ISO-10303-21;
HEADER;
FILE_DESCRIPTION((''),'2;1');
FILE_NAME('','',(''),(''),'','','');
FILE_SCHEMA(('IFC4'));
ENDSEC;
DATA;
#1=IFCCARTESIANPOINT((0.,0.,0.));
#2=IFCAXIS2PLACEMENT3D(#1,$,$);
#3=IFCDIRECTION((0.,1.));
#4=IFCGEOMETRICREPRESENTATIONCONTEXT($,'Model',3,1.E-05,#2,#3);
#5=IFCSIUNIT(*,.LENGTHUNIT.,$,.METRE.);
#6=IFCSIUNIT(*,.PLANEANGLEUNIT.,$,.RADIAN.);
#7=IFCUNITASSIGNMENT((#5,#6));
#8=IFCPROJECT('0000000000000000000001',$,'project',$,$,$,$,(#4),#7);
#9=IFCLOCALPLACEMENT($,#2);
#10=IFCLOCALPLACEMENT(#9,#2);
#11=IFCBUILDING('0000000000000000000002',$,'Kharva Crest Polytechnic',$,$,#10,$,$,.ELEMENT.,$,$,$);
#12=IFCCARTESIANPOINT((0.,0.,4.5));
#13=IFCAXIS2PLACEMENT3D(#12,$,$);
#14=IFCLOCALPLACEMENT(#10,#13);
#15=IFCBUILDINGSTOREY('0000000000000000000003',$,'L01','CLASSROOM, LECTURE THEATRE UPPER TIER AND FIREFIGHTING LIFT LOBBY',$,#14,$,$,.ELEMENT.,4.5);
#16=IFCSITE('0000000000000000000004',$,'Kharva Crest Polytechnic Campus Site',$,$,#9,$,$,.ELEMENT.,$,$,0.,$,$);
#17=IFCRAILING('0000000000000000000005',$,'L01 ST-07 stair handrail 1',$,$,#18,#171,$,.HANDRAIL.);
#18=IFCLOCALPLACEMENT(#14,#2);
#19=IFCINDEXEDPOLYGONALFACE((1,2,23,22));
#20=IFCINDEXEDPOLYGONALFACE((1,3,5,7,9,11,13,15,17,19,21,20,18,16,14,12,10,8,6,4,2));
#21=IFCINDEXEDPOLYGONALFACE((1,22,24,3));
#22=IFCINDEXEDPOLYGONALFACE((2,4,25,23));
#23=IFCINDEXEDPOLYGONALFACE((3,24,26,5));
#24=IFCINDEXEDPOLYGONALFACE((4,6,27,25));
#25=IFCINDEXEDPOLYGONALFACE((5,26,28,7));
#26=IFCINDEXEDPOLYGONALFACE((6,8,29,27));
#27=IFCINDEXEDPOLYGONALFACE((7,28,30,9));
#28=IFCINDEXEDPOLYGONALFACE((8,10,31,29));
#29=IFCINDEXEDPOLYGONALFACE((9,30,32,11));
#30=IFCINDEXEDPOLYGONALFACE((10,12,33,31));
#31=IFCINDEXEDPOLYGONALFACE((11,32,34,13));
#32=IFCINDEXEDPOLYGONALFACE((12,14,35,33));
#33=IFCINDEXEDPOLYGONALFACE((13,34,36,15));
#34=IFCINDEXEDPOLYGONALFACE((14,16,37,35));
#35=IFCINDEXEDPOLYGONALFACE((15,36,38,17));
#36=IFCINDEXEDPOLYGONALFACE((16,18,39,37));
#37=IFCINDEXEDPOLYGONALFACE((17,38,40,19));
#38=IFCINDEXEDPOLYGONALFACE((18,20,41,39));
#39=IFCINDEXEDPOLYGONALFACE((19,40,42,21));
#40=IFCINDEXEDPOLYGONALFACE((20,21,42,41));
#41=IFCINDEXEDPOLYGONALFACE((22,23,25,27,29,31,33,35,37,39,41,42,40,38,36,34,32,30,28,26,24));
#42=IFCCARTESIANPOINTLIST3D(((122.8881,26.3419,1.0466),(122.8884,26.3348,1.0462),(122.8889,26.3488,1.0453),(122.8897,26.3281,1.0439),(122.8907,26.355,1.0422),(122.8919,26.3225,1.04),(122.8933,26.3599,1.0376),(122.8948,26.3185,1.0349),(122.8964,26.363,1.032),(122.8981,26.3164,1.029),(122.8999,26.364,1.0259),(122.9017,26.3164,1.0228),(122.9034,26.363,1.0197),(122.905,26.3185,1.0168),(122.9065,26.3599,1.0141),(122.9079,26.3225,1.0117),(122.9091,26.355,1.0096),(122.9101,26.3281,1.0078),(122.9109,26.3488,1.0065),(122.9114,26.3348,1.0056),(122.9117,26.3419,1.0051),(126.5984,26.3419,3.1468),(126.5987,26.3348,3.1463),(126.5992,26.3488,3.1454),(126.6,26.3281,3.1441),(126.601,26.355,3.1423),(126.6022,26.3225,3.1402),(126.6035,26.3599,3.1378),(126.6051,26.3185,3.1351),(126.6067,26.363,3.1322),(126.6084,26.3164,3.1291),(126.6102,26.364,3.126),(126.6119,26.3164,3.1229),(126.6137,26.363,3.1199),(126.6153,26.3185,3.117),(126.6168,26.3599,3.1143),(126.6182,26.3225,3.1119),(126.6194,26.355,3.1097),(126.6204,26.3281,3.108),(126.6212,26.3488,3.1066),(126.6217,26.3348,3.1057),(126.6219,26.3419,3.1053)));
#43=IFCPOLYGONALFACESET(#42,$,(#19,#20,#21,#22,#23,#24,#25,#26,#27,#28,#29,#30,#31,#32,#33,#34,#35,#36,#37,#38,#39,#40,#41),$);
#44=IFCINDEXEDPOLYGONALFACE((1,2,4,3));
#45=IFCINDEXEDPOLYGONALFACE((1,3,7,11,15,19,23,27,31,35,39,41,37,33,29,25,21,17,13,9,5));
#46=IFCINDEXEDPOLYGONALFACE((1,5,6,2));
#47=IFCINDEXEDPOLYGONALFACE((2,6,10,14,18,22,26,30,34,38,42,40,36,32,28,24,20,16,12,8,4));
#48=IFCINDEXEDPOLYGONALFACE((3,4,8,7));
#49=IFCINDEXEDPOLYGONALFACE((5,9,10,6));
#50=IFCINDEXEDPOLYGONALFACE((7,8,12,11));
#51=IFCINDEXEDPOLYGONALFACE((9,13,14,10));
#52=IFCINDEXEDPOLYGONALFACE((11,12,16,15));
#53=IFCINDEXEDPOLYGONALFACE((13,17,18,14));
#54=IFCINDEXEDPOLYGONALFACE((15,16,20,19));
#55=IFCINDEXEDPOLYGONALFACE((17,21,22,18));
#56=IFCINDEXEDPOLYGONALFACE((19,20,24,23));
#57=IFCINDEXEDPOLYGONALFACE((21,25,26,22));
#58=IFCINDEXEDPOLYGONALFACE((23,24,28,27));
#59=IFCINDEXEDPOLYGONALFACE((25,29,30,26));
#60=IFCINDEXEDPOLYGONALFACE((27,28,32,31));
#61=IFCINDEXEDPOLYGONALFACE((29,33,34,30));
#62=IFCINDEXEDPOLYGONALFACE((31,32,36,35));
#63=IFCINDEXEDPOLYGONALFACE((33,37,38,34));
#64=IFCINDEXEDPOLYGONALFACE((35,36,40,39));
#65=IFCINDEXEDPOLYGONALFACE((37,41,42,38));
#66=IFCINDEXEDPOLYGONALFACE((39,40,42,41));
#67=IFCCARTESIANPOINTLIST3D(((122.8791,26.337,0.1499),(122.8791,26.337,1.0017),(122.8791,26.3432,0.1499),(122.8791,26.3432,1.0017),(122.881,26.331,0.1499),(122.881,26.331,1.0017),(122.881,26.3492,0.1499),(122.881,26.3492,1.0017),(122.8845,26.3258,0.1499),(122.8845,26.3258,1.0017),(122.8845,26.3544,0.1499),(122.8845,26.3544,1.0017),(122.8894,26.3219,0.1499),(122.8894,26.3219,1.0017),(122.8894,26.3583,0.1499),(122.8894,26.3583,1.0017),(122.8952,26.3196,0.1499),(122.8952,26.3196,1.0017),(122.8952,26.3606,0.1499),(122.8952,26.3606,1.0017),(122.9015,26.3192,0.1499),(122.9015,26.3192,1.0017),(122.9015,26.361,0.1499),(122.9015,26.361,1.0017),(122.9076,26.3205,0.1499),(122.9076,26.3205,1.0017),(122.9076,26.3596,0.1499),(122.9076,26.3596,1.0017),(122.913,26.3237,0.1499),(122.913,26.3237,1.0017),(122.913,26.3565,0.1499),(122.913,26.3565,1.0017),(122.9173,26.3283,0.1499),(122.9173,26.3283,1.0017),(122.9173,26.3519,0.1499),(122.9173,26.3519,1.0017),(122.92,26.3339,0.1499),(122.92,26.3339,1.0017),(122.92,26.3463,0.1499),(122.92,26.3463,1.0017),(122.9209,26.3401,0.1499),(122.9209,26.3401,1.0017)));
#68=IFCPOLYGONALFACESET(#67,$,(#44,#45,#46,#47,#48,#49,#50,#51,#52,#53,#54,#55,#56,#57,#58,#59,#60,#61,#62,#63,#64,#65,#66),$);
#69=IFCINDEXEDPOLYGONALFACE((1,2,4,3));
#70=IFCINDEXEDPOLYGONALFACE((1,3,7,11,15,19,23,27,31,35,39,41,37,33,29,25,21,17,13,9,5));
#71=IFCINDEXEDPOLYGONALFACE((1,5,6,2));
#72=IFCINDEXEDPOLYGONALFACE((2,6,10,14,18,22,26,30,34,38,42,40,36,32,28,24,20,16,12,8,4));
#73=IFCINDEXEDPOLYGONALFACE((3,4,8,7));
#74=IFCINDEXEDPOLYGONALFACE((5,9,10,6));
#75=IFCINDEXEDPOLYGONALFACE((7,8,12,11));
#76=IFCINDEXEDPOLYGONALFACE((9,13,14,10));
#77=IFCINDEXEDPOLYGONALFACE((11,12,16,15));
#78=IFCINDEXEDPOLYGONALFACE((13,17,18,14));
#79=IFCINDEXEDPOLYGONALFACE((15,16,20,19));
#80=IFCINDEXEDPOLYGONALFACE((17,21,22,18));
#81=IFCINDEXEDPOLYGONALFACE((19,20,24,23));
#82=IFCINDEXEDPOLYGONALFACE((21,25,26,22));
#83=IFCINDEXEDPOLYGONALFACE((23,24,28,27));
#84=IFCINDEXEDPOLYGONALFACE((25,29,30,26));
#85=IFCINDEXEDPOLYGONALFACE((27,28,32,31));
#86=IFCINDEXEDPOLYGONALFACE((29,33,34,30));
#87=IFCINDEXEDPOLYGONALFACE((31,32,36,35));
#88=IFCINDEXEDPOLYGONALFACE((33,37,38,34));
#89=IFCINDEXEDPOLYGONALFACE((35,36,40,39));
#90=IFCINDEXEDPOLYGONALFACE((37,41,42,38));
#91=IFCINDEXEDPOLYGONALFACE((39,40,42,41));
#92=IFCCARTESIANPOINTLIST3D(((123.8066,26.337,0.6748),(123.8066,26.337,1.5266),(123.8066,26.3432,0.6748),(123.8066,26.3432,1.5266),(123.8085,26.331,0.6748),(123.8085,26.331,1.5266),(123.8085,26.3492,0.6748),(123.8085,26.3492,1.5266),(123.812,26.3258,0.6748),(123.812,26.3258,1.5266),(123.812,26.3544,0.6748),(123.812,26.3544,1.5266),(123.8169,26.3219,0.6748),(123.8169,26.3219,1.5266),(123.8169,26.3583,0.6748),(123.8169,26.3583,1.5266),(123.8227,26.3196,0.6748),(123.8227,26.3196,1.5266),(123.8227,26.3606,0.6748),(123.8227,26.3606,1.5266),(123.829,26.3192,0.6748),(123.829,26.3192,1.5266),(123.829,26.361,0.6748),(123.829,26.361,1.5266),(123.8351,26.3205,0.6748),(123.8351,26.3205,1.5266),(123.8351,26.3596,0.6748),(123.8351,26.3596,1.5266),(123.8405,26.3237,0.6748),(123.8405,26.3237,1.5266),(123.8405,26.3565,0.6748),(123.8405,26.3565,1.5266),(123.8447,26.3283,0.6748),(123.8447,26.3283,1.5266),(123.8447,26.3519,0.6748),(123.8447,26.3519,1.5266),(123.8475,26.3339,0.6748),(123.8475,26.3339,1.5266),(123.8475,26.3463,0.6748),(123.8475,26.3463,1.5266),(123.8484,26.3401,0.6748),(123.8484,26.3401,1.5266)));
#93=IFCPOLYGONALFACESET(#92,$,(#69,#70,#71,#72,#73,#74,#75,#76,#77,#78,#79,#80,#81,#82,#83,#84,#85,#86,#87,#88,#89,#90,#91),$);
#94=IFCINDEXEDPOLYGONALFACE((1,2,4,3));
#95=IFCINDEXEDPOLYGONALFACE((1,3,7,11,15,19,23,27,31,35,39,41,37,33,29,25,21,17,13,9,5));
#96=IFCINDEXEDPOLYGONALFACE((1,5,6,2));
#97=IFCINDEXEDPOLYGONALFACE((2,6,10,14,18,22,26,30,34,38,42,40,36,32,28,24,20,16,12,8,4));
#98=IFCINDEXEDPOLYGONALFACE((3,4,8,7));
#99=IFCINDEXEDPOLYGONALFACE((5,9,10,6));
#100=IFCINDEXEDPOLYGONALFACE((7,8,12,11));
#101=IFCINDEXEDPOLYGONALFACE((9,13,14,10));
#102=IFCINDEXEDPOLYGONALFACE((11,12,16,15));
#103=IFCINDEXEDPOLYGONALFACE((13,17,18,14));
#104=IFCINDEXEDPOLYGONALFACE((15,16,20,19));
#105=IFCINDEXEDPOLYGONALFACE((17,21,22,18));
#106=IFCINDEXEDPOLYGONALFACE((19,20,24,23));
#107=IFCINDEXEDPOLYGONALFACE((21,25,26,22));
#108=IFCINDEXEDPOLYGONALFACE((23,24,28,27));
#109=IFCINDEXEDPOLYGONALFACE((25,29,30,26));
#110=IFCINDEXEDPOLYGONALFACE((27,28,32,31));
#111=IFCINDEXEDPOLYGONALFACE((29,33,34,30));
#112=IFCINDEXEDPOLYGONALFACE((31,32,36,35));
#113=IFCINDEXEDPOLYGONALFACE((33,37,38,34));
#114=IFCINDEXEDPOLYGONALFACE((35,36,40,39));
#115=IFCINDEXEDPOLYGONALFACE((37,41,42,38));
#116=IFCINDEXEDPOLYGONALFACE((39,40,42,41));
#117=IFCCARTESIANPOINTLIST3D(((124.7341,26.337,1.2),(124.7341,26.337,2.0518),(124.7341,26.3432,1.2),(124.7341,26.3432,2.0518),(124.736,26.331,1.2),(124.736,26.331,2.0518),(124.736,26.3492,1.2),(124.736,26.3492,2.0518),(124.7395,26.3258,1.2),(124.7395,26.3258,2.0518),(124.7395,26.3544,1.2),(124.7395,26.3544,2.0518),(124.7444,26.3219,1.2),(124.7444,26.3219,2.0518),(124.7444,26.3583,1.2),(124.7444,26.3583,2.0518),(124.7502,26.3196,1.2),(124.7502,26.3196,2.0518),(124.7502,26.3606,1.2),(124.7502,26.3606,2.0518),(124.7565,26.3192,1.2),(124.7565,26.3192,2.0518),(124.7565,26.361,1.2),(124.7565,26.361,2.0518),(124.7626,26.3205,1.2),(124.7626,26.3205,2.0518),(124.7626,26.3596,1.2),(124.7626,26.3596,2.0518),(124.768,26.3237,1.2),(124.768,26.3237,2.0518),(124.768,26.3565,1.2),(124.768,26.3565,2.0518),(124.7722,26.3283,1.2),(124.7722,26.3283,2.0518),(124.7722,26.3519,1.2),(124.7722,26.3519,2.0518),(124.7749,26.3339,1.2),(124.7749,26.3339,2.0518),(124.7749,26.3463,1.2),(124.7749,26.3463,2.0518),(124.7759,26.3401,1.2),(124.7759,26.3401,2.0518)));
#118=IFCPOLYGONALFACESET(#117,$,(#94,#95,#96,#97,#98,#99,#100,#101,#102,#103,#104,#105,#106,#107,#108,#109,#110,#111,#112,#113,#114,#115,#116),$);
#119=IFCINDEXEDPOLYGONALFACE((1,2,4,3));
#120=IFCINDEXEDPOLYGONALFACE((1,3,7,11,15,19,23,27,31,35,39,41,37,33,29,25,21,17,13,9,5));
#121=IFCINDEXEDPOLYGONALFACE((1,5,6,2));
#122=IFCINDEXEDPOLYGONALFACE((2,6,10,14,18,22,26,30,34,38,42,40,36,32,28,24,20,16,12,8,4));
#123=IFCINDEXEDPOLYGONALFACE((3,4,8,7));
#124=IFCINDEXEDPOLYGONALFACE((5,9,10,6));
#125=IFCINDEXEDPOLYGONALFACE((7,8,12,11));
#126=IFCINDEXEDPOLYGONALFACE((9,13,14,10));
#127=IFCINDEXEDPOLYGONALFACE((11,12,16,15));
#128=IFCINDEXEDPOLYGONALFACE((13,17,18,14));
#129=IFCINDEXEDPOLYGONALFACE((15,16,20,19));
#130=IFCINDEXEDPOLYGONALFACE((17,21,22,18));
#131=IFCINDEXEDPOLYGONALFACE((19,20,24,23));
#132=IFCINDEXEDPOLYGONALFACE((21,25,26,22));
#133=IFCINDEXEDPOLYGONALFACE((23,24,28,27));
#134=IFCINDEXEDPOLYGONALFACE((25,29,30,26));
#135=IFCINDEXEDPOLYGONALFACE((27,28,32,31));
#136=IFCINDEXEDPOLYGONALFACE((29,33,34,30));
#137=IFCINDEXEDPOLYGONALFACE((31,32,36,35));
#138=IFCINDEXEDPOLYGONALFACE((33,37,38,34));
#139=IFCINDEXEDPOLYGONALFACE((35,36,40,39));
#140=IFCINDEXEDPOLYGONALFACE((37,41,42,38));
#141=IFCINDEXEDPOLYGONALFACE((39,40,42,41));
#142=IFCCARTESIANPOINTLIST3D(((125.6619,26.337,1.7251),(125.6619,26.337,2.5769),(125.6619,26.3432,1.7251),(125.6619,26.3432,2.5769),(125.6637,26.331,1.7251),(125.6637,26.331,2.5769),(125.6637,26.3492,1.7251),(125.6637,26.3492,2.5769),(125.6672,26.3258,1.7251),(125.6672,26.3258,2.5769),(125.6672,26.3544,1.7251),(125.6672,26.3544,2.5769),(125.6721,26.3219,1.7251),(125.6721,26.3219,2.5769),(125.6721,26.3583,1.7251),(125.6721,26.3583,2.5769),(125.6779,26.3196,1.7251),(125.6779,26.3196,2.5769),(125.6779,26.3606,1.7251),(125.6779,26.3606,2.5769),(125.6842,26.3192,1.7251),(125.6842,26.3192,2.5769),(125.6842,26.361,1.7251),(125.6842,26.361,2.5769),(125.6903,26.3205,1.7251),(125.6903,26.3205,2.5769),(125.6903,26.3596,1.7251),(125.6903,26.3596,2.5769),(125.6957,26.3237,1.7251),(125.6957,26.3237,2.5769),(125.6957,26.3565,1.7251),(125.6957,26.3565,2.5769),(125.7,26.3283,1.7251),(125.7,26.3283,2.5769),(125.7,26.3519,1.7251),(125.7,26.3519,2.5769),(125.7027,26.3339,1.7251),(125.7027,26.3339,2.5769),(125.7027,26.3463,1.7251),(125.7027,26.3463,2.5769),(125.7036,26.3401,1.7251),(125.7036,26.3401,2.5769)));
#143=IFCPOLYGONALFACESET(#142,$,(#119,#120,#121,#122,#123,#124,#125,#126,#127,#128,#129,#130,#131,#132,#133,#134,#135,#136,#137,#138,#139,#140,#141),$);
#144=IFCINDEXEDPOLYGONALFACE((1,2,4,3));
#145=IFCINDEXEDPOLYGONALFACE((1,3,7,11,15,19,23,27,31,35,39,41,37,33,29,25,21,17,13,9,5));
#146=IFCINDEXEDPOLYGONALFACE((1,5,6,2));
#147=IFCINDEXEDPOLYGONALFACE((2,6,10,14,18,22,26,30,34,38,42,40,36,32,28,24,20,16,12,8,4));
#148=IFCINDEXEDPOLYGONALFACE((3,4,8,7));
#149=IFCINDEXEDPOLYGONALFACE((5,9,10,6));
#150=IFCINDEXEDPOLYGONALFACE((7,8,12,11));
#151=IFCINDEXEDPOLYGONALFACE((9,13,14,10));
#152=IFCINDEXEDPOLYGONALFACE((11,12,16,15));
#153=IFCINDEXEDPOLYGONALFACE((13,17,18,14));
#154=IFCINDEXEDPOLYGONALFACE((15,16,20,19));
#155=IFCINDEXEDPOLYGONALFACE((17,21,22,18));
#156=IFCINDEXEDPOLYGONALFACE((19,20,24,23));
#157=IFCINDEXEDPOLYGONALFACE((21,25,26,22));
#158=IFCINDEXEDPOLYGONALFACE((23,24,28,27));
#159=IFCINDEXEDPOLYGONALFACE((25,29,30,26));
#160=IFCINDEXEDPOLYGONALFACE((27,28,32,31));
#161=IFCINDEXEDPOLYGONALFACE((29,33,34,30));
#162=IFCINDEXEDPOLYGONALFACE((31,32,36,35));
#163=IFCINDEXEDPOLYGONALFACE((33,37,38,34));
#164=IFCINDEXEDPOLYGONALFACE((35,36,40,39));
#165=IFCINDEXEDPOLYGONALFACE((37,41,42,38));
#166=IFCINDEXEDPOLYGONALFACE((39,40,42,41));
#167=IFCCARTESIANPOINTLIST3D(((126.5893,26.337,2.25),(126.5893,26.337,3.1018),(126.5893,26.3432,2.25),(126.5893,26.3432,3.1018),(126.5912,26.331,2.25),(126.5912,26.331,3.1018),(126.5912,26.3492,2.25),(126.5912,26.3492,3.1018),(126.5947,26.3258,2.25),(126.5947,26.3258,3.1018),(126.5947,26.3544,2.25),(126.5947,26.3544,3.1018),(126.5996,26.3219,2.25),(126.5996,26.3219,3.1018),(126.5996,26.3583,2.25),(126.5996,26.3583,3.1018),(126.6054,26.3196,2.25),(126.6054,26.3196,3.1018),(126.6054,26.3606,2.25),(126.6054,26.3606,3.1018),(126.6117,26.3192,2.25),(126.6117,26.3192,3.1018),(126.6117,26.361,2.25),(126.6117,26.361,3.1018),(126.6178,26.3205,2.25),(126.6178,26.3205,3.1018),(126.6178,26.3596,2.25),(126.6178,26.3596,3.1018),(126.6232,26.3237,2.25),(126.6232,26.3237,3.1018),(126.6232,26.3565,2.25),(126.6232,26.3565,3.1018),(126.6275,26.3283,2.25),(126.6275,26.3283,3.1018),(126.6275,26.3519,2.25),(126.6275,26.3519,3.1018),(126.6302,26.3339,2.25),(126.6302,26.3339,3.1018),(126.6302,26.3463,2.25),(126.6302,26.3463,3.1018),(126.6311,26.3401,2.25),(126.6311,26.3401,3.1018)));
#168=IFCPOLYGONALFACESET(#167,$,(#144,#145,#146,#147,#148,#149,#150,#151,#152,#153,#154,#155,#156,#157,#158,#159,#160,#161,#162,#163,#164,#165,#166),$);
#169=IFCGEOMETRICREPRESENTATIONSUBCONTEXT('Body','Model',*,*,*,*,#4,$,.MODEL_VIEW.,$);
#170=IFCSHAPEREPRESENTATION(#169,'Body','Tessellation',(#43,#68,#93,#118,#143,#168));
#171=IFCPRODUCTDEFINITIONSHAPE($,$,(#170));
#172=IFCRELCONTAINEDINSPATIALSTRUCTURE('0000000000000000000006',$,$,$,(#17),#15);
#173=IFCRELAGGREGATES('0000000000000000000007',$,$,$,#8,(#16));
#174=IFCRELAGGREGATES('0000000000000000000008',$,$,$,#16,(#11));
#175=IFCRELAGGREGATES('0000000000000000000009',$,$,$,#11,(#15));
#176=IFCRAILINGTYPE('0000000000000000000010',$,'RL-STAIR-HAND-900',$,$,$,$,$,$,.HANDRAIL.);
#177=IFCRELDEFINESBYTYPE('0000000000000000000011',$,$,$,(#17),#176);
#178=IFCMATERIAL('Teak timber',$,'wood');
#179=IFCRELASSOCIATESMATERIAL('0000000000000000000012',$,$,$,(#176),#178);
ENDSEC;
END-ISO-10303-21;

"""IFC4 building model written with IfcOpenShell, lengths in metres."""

from ifc_helpers import new_model, si_unit, direction, frame, origin, origin_2d, place, context, subcontext, project, spatial, circle, extrude, material, type_object, element, save


model = new_model("IFC4")

# Units and contexts
model_context = context("Model", 3, precision=1e-05, world=origin(), true_north=direction((0.0, 1.0)))
body_context = subcontext(model_context, "Body", "Model", "MODEL_VIEW")
ifc_project = project(units=[si_unit("LENGTHUNIT", "METRE"), si_unit("PLANEANGLEUNIT", "RADIAN")], contexts=[model_context])

# Site, building, storey
site_placement = place(None, origin())
site = spatial("IfcSite", under=ifc_project, at=site_placement, Name="Kharva Crest Polytechnic Campus Site", CompositionType="ELEMENT", RefElevation=0.0)
building_placement = place(site_placement, origin())
building = spatial("IfcBuilding", under=site, at=building_placement, Name="Kharva Crest Polytechnic", CompositionType="ELEMENT")
storey_placement = place(building_placement, frame((0.0, 0.0, 4.5)))
storey = spatial("IfcBuildingStorey", under=building, at=storey_placement, Name="L01", Description="CLASSROOM, LECTURE THEATRE UPPER TIER AND FIREFIGHTING LIFT LOBBY", CompositionType="ELEMENT", Elevation=4.5)

# Railing
ifc_material_1 = material(Name="Teak timber", Category="wood")
railing_type_1 = type_object("IfcRailingType", Name="RL-STAIR-HAND-900", PredefinedType="HANDRAIL", material=ifc_material_1)
railing_1_placement = place(storey_placement, frame((122.8999, 26.3401, 0.1499)))
element("IfcRailing", 1, at=railing_1_placement, inside=storey, type_object=railing_type_1, Name="L01 ST-07 stair handrail 1", PredefinedType="HANDRAIL", context=body_context, shape_type="SweptSolid", body=[
    extrude(circle(Radius=0.0239, at=origin_2d()), frame((0.0, 0.0, 0.876), z_axis=(0.870259, 0.0, 0.492595), x_axis=(0.0, 1.0, 0.0)), (0.0, 0.0, 1.0), 4.2634),
    extrude(circle(Radius=0.021, at=origin_2d()), origin(), (0.0, 0.0, 1.0), 0.8518),
    extrude(circle(Radius=0.021, at=origin_2d()), frame((0.9275, 0.0, 0.5249)), (0.0, 0.0, 1.0), 0.8518),
    extrude(circle(Radius=0.021, at=origin_2d()), frame((1.855, 0.0, 1.05)), (0.0, 0.0, 1.0), 0.8518),
    extrude(circle(Radius=0.021, at=origin_2d()), frame((2.7827, 0.0, 1.5752)), (0.0, 0.0, 1.0), 0.8518),
    extrude(circle(Radius=0.021, at=origin_2d()), frame((3.7102, 0.0, 2.1001)), (0.0, 0.0, 1.0), 0.8518),
])

save(model, "model.ifc")
